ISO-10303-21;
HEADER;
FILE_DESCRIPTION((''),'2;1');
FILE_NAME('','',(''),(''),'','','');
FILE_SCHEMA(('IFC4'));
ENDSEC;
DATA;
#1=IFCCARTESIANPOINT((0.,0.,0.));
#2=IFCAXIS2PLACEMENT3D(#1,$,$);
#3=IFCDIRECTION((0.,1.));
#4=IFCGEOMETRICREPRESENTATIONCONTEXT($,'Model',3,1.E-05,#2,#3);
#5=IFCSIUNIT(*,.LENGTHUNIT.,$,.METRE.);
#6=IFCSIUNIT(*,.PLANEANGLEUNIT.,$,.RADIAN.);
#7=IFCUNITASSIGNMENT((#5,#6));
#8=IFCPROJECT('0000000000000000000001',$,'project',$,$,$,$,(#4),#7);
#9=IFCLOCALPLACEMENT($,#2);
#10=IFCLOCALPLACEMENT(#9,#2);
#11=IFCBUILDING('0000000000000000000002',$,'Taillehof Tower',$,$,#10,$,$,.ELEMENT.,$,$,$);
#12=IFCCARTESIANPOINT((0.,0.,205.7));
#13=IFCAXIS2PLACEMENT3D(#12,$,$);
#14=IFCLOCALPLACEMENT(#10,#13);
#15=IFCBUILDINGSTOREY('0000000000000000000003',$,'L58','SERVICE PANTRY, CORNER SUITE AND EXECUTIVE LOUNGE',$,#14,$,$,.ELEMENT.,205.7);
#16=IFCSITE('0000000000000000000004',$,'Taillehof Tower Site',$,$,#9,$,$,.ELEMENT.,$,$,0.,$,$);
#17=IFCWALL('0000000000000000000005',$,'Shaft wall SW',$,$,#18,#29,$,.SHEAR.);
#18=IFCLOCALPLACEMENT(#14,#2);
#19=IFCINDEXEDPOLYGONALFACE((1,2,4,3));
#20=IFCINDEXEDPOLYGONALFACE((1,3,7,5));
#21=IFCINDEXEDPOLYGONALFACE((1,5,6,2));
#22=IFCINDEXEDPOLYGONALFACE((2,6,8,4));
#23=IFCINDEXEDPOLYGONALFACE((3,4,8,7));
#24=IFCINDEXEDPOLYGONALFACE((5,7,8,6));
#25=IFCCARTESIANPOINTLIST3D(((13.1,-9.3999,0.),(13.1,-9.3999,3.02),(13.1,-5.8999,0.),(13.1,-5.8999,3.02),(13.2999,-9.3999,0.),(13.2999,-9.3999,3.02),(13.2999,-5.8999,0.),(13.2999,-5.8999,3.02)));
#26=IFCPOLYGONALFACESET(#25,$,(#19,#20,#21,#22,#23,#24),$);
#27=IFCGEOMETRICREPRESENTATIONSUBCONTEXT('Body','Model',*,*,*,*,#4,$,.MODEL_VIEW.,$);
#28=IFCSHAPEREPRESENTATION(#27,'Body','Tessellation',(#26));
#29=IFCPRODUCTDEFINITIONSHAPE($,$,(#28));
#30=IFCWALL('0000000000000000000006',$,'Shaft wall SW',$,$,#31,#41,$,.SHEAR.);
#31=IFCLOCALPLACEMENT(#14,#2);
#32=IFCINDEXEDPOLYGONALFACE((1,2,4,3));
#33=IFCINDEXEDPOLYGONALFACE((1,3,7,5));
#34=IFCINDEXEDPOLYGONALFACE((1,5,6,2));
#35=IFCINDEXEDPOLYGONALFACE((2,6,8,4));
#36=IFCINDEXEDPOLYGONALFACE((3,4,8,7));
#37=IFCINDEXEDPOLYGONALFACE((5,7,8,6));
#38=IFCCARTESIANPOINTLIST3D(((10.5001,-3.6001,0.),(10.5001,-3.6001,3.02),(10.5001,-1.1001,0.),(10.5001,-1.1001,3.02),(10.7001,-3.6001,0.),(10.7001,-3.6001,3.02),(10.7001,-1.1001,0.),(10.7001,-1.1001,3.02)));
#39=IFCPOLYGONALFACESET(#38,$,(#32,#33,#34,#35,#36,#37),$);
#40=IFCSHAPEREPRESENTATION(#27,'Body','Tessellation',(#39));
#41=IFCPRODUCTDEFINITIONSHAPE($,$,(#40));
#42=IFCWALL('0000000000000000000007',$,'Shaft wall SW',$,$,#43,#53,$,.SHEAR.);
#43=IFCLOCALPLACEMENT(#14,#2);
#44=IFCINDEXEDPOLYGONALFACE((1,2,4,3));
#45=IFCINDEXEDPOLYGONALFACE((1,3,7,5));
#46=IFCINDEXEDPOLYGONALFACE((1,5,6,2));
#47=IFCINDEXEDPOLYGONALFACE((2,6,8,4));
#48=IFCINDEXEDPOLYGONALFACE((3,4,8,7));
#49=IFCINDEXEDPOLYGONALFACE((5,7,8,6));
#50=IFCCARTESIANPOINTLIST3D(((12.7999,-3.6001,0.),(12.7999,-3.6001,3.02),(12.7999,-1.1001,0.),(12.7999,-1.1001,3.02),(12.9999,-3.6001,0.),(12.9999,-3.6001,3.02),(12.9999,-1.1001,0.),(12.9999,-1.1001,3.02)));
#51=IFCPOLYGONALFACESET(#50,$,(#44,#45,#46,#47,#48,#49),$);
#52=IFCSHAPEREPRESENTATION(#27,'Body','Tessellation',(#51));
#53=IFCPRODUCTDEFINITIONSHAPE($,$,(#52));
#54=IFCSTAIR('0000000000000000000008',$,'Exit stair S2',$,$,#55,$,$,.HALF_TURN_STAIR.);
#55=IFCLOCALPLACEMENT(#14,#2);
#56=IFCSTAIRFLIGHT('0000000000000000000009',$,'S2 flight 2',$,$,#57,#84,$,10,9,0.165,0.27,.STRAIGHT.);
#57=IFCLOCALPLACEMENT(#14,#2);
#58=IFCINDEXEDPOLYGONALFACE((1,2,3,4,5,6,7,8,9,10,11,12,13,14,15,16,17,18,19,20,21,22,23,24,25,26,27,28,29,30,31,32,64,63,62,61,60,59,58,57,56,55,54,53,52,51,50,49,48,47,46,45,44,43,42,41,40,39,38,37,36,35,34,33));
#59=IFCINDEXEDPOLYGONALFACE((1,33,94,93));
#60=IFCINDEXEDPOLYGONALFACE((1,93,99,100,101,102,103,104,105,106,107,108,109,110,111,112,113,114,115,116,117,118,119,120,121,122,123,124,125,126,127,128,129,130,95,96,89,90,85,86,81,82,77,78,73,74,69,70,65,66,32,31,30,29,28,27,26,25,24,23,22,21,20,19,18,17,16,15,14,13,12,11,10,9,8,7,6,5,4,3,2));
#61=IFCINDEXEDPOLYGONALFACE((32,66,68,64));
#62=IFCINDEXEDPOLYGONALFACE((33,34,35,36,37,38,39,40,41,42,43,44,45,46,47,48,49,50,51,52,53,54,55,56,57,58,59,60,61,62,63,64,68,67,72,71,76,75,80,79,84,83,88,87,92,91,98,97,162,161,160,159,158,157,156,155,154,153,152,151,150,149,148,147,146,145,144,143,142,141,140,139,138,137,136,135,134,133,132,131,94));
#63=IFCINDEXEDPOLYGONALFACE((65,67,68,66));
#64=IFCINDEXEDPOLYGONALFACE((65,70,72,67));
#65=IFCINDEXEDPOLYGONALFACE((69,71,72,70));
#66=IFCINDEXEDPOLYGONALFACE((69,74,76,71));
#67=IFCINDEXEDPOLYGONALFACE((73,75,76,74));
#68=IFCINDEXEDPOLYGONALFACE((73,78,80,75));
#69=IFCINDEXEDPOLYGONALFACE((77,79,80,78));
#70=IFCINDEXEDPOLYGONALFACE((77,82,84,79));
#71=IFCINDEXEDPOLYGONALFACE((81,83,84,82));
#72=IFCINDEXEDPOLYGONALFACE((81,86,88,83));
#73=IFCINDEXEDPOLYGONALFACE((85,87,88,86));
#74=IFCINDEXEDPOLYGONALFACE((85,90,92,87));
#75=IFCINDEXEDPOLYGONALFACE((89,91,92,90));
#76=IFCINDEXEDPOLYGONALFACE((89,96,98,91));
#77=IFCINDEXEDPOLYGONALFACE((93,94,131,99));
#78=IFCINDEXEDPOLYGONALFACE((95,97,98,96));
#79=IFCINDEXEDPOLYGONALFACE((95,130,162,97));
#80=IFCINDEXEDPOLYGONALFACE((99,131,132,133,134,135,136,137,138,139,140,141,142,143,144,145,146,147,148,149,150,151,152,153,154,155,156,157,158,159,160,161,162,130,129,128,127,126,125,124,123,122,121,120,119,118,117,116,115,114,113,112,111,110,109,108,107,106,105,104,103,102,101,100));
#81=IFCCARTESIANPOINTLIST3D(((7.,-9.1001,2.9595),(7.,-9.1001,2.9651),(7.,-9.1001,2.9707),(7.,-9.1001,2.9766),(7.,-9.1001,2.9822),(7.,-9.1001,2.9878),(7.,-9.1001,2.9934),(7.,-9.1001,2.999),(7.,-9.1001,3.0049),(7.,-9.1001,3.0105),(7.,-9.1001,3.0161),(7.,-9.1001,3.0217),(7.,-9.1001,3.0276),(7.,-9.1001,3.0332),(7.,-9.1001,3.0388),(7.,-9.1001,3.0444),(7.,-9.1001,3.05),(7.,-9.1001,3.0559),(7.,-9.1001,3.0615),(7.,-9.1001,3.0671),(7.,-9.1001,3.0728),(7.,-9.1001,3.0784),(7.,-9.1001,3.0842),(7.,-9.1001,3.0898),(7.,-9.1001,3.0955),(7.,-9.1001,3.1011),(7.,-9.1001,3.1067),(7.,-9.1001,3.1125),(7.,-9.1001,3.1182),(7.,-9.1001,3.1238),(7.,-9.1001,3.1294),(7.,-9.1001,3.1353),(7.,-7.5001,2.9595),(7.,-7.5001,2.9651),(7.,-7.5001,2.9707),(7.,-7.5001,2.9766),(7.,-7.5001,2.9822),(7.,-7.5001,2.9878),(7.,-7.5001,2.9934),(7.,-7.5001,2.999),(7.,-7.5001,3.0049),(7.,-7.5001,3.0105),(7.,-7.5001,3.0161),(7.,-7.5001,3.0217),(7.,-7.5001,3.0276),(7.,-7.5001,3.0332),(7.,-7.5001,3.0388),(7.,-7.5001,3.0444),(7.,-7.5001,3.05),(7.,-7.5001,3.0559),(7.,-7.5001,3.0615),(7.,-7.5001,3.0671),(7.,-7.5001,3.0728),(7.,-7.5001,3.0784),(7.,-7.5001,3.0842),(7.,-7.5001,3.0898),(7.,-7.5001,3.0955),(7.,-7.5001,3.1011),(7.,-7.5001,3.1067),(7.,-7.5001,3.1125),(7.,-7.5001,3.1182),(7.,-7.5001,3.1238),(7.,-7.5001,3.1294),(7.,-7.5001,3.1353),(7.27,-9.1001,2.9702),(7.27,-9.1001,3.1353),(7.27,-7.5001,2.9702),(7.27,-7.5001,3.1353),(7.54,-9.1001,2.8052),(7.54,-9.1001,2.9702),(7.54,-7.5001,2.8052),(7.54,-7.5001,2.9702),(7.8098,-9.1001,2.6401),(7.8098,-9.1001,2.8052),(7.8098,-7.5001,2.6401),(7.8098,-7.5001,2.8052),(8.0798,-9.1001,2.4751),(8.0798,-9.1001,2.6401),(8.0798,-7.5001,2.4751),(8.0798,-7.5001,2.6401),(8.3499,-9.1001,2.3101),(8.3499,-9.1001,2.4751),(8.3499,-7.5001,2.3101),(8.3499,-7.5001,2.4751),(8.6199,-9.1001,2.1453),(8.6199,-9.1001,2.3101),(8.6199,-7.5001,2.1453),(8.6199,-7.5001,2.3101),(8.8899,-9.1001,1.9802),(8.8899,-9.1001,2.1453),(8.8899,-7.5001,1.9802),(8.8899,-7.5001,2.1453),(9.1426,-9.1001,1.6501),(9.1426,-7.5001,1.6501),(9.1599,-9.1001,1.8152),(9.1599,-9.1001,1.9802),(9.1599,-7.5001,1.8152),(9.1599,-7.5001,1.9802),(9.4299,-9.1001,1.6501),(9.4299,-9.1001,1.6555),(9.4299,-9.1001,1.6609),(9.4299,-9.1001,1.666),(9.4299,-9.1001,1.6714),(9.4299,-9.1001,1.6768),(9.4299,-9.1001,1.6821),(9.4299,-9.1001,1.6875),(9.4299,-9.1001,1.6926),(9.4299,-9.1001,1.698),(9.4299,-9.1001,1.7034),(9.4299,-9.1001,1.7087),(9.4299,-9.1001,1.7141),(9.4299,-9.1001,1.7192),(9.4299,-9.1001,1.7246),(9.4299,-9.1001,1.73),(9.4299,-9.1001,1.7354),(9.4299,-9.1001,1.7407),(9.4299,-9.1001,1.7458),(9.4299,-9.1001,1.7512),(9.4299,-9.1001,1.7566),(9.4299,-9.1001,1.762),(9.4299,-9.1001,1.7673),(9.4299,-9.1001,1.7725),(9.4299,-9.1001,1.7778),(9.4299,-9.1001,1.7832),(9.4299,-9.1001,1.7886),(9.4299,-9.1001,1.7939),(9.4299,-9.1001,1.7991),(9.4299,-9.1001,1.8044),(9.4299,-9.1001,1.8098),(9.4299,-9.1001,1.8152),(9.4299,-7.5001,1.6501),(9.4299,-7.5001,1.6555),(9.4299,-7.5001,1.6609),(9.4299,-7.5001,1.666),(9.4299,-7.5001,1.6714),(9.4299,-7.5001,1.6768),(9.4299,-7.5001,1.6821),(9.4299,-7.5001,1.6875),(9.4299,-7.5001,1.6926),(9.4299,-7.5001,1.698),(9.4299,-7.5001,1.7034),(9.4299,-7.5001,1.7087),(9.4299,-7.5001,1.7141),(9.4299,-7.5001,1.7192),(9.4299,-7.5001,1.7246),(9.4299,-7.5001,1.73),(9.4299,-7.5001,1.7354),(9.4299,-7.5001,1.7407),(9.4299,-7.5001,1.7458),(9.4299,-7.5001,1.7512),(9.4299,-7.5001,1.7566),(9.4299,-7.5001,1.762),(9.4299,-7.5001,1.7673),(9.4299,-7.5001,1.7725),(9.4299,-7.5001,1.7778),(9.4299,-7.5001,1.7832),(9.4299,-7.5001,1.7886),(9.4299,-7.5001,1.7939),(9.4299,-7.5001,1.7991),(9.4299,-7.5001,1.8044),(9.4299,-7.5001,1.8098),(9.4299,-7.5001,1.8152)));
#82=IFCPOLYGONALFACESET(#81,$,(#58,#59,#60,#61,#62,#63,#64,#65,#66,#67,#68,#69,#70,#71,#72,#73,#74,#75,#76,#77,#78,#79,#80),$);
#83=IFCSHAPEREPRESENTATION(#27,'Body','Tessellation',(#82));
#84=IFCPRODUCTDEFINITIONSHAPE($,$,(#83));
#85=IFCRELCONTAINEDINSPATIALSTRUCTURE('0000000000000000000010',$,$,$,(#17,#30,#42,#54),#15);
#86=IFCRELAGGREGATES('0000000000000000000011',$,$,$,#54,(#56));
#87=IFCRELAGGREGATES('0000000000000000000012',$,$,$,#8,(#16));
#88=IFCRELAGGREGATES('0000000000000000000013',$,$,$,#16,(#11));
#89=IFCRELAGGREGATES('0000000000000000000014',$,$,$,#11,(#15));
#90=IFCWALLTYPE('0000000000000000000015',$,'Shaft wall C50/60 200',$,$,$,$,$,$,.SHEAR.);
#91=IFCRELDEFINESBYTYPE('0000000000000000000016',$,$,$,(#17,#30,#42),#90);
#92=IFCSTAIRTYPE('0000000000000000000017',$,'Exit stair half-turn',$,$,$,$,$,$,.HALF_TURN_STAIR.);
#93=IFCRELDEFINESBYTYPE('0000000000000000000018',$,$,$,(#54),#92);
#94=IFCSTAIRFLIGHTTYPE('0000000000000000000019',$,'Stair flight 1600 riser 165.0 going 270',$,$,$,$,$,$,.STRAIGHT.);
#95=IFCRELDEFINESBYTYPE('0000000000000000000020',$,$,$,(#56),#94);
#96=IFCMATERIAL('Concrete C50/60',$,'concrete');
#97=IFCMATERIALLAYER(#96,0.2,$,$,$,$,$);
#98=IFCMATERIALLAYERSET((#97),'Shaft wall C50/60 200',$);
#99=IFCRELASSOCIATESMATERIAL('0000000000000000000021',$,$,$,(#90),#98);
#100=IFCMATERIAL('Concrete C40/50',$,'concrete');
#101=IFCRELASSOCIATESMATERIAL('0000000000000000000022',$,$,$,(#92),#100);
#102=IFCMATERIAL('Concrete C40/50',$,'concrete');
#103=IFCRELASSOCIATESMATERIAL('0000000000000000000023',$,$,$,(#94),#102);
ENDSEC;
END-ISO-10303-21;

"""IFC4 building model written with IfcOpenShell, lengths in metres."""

from ifc_helpers import new_model, si_unit, direction, frame, frame_2d, origin, place, context, subcontext, project, spatial, polyline, rectangle, outline, extrude, material, layer, layer_set, type_object, element, aggregate, save


model = new_model("IFC4")

# Units and contexts
model_context = context("Model", 3, precision=1e-05, world=origin(), true_north=direction((0.0, 1.0)))
body_context = subcontext(model_context, "Body", "Model", "MODEL_VIEW")
ifc_project = project(units=[si_unit("LENGTHUNIT", "METRE"), si_unit("PLANEANGLEUNIT", "RADIAN")], contexts=[model_context])

# Site, building, storey
site_placement = place(None, origin())
site = spatial("IfcSite", under=ifc_project, at=site_placement, Name="Taillehof Tower Site", CompositionType="ELEMENT", RefElevation=0.0)
building_placement = place(site_placement, origin())
building = spatial("IfcBuilding", under=site, at=building_placement, Name="Taillehof Tower", CompositionType="ELEMENT")
storey_placement = place(building_placement, frame((0.0, 0.0, 205.7)))
storey = spatial("IfcBuildingStorey", under=building, at=storey_placement, Name="L58", Description="SERVICE PANTRY, CORNER SUITE AND EXECUTIVE LOUNGE", CompositionType="ELEMENT", Elevation=205.7)

# Walls
ifc_material_1 = material(Name="Concrete C50/60", Category="concrete")
ifc_layer_1 = layer(ifc_material_1, 0.2)
ifc_layer_set_1 = layer_set([ifc_layer_1], Name="Shaft wall C50/60 200")
wall_type_1 = type_object("IfcWallType", Name="Shaft wall C50/60 200", PredefinedType="SHEAR", material=ifc_layer_set_1)
for number, where, z_axis, x_axis, name in (
    (1, (13.2, -9.3999, 0.0), (0.0, 0.0, 1.0), (0.0, 1.0, 0.0), "Shaft wall SW"),
):
    element("IfcWall", number, at=place(storey_placement, frame(where, z_axis=z_axis, x_axis=x_axis)), inside=storey, type_object=wall_type_1, Name=name, PredefinedType="SHEAR", context=body_context, shape_type="SweptSolid", body=[
        extrude(rectangle(XDim=3.5, YDim=0.2, at=frame_2d((1.75, 0.0))), origin(), (0.0, 0.0, 1.0), 3.02),
    ])
for number, where, z_axis, x_axis, name in (
    (2, (10.6001, -3.6001, 0.0), (0.0, 0.0, 1.0), (0.0, 1.0, 0.0), "Shaft wall SW"),
    (3, (12.8999, -3.6001, 0.0), (0.0, 0.0, 1.0), (0.0, 1.0, 0.0), "Shaft wall SW"),
):
    element("IfcWall", number, at=place(storey_placement, frame(where, z_axis=z_axis, x_axis=x_axis)), inside=storey, type_object=wall_type_1, Name=name, PredefinedType="SHEAR", context=body_context, shape_type="SweptSolid", body=[
        extrude(rectangle(XDim=2.5, YDim=0.2, at=frame_2d((1.25, 0.0))), origin(), (0.0, 0.0, 1.0), 3.02),
    ])

# Stair, stair flight
ifc_material_2 = material(Name="Concrete C40/50", Category="concrete")
stair_type = type_object("IfcStairType", Name="Exit stair half-turn", PredefinedType="HALF_TURN_STAIR", material=ifc_material_2)
stair_placement = place(storey_placement, origin())
stair = element("IfcStair", 4, at=stair_placement, inside=storey, type_object=stair_type, Name="Exit stair S2", PredefinedType="HALF_TURN_STAIR")
ifc_material_3 = material(Name="Concrete C40/50", Category="concrete")
stair_flight_type = type_object("IfcStairFlightType", Name="Stair flight 1600 riser 165.0 going 270", PredefinedType="STRAIGHT", material=ifc_material_3)
stair_flight_placement = place(storey_placement, frame((9.4299, -8.3, 1.6501), z_axis=(0.0, 0.0, 1.0), x_axis=(-1.0, 0.0, 0.0)))
stair_flight = element("IfcStairFlight", 5, at=stair_flight_placement, type_object=stair_flight_type, Name="S2 flight 2", NumberOfRisers=10, NumberOfTreads=9, PredefinedType="STRAIGHT", RiserHeight=0.165, TreadLength=0.27, context=body_context, shape_type="SweptSolid", body=[
    extrude(outline(polyline([(0.0, 0.0), (0.0, 0.0054), (0.0, 0.0107), (0.0, 0.0159), (0.0, 0.0212), (0.0, 0.0266), (0.0, 0.032), (0.0, 0.0374), (0.0, 0.0425), (0.0, 0.0479), (0.0, 0.0532), (0.0, 0.0586), (0.0, 0.064), (0.0, 0.0691), (0.0, 0.0745), (0.0, 0.0798), (0.0, 0.0852), (0.0, 0.0906), (0.0, 0.0957), (0.0, 0.1011), (0.0, 0.1064), (0.0, 0.1118), (0.0, 0.1172), (0.0, 0.1223), (0.0, 0.1277), (0.0, 0.1331), (0.0, 0.1384), (0.0, 0.1438), (0.0, 0.1489), (0.0, 0.1543), (0.0, 0.1597), (0.0, 0.165), (0.27, 0.165), (0.27, 0.3301), (0.54, 0.3301), (0.54, 0.4951), (0.8101, 0.4951), (0.8101, 0.6599), (1.0801, 0.6599), (1.0801, 0.825), (1.3501, 0.825), (1.3501, 0.99), (1.6201, 0.99), (1.6201, 1.155), (1.8899, 1.155), (1.8899, 1.3201), (2.1599, 1.3201), (2.1599, 1.4851), (2.4299, 1.4851), (2.4299, 1.4792), (2.4299, 1.4736), (2.4299, 1.468), (2.4299, 1.4624), (2.4299, 1.4565), (2.4299, 1.4509), (2.4299, 1.4453), (2.4299, 1.4397), (2.4299, 1.4341), (2.4299, 1.4282), (2.4299, 1.4226), (2.4299, 1.417), (2.4299, 1.4114), (2.4299, 1.4058), (2.4299, 1.3999), (2.4299, 1.3943), (2.4299, 1.3887), (2.4299, 1.3831), (2.4299, 1.3774), (2.4299, 1.3716), (2.4299, 1.366), (2.4299, 1.3604), (2.4299, 1.3547), (2.4299, 1.3489), (2.4299, 1.3433), (2.4299, 1.3376), (2.4299, 1.332), (2.4299, 1.3264), (2.4299, 1.3206), (2.4299, 1.3149), (2.4299, 1.3093), (0.2874, 0.0), (0.0, 0.0)])), frame((0.0, 0.8, 0.0), z_axis=(0.0, -1.0, 0.0), x_axis=(1.0, 0.0, 0.0)), (0.0, 0.0, 1.0), 1.6),
])
aggregate(stair, [stair_flight])

save(model, "model.ifc")
